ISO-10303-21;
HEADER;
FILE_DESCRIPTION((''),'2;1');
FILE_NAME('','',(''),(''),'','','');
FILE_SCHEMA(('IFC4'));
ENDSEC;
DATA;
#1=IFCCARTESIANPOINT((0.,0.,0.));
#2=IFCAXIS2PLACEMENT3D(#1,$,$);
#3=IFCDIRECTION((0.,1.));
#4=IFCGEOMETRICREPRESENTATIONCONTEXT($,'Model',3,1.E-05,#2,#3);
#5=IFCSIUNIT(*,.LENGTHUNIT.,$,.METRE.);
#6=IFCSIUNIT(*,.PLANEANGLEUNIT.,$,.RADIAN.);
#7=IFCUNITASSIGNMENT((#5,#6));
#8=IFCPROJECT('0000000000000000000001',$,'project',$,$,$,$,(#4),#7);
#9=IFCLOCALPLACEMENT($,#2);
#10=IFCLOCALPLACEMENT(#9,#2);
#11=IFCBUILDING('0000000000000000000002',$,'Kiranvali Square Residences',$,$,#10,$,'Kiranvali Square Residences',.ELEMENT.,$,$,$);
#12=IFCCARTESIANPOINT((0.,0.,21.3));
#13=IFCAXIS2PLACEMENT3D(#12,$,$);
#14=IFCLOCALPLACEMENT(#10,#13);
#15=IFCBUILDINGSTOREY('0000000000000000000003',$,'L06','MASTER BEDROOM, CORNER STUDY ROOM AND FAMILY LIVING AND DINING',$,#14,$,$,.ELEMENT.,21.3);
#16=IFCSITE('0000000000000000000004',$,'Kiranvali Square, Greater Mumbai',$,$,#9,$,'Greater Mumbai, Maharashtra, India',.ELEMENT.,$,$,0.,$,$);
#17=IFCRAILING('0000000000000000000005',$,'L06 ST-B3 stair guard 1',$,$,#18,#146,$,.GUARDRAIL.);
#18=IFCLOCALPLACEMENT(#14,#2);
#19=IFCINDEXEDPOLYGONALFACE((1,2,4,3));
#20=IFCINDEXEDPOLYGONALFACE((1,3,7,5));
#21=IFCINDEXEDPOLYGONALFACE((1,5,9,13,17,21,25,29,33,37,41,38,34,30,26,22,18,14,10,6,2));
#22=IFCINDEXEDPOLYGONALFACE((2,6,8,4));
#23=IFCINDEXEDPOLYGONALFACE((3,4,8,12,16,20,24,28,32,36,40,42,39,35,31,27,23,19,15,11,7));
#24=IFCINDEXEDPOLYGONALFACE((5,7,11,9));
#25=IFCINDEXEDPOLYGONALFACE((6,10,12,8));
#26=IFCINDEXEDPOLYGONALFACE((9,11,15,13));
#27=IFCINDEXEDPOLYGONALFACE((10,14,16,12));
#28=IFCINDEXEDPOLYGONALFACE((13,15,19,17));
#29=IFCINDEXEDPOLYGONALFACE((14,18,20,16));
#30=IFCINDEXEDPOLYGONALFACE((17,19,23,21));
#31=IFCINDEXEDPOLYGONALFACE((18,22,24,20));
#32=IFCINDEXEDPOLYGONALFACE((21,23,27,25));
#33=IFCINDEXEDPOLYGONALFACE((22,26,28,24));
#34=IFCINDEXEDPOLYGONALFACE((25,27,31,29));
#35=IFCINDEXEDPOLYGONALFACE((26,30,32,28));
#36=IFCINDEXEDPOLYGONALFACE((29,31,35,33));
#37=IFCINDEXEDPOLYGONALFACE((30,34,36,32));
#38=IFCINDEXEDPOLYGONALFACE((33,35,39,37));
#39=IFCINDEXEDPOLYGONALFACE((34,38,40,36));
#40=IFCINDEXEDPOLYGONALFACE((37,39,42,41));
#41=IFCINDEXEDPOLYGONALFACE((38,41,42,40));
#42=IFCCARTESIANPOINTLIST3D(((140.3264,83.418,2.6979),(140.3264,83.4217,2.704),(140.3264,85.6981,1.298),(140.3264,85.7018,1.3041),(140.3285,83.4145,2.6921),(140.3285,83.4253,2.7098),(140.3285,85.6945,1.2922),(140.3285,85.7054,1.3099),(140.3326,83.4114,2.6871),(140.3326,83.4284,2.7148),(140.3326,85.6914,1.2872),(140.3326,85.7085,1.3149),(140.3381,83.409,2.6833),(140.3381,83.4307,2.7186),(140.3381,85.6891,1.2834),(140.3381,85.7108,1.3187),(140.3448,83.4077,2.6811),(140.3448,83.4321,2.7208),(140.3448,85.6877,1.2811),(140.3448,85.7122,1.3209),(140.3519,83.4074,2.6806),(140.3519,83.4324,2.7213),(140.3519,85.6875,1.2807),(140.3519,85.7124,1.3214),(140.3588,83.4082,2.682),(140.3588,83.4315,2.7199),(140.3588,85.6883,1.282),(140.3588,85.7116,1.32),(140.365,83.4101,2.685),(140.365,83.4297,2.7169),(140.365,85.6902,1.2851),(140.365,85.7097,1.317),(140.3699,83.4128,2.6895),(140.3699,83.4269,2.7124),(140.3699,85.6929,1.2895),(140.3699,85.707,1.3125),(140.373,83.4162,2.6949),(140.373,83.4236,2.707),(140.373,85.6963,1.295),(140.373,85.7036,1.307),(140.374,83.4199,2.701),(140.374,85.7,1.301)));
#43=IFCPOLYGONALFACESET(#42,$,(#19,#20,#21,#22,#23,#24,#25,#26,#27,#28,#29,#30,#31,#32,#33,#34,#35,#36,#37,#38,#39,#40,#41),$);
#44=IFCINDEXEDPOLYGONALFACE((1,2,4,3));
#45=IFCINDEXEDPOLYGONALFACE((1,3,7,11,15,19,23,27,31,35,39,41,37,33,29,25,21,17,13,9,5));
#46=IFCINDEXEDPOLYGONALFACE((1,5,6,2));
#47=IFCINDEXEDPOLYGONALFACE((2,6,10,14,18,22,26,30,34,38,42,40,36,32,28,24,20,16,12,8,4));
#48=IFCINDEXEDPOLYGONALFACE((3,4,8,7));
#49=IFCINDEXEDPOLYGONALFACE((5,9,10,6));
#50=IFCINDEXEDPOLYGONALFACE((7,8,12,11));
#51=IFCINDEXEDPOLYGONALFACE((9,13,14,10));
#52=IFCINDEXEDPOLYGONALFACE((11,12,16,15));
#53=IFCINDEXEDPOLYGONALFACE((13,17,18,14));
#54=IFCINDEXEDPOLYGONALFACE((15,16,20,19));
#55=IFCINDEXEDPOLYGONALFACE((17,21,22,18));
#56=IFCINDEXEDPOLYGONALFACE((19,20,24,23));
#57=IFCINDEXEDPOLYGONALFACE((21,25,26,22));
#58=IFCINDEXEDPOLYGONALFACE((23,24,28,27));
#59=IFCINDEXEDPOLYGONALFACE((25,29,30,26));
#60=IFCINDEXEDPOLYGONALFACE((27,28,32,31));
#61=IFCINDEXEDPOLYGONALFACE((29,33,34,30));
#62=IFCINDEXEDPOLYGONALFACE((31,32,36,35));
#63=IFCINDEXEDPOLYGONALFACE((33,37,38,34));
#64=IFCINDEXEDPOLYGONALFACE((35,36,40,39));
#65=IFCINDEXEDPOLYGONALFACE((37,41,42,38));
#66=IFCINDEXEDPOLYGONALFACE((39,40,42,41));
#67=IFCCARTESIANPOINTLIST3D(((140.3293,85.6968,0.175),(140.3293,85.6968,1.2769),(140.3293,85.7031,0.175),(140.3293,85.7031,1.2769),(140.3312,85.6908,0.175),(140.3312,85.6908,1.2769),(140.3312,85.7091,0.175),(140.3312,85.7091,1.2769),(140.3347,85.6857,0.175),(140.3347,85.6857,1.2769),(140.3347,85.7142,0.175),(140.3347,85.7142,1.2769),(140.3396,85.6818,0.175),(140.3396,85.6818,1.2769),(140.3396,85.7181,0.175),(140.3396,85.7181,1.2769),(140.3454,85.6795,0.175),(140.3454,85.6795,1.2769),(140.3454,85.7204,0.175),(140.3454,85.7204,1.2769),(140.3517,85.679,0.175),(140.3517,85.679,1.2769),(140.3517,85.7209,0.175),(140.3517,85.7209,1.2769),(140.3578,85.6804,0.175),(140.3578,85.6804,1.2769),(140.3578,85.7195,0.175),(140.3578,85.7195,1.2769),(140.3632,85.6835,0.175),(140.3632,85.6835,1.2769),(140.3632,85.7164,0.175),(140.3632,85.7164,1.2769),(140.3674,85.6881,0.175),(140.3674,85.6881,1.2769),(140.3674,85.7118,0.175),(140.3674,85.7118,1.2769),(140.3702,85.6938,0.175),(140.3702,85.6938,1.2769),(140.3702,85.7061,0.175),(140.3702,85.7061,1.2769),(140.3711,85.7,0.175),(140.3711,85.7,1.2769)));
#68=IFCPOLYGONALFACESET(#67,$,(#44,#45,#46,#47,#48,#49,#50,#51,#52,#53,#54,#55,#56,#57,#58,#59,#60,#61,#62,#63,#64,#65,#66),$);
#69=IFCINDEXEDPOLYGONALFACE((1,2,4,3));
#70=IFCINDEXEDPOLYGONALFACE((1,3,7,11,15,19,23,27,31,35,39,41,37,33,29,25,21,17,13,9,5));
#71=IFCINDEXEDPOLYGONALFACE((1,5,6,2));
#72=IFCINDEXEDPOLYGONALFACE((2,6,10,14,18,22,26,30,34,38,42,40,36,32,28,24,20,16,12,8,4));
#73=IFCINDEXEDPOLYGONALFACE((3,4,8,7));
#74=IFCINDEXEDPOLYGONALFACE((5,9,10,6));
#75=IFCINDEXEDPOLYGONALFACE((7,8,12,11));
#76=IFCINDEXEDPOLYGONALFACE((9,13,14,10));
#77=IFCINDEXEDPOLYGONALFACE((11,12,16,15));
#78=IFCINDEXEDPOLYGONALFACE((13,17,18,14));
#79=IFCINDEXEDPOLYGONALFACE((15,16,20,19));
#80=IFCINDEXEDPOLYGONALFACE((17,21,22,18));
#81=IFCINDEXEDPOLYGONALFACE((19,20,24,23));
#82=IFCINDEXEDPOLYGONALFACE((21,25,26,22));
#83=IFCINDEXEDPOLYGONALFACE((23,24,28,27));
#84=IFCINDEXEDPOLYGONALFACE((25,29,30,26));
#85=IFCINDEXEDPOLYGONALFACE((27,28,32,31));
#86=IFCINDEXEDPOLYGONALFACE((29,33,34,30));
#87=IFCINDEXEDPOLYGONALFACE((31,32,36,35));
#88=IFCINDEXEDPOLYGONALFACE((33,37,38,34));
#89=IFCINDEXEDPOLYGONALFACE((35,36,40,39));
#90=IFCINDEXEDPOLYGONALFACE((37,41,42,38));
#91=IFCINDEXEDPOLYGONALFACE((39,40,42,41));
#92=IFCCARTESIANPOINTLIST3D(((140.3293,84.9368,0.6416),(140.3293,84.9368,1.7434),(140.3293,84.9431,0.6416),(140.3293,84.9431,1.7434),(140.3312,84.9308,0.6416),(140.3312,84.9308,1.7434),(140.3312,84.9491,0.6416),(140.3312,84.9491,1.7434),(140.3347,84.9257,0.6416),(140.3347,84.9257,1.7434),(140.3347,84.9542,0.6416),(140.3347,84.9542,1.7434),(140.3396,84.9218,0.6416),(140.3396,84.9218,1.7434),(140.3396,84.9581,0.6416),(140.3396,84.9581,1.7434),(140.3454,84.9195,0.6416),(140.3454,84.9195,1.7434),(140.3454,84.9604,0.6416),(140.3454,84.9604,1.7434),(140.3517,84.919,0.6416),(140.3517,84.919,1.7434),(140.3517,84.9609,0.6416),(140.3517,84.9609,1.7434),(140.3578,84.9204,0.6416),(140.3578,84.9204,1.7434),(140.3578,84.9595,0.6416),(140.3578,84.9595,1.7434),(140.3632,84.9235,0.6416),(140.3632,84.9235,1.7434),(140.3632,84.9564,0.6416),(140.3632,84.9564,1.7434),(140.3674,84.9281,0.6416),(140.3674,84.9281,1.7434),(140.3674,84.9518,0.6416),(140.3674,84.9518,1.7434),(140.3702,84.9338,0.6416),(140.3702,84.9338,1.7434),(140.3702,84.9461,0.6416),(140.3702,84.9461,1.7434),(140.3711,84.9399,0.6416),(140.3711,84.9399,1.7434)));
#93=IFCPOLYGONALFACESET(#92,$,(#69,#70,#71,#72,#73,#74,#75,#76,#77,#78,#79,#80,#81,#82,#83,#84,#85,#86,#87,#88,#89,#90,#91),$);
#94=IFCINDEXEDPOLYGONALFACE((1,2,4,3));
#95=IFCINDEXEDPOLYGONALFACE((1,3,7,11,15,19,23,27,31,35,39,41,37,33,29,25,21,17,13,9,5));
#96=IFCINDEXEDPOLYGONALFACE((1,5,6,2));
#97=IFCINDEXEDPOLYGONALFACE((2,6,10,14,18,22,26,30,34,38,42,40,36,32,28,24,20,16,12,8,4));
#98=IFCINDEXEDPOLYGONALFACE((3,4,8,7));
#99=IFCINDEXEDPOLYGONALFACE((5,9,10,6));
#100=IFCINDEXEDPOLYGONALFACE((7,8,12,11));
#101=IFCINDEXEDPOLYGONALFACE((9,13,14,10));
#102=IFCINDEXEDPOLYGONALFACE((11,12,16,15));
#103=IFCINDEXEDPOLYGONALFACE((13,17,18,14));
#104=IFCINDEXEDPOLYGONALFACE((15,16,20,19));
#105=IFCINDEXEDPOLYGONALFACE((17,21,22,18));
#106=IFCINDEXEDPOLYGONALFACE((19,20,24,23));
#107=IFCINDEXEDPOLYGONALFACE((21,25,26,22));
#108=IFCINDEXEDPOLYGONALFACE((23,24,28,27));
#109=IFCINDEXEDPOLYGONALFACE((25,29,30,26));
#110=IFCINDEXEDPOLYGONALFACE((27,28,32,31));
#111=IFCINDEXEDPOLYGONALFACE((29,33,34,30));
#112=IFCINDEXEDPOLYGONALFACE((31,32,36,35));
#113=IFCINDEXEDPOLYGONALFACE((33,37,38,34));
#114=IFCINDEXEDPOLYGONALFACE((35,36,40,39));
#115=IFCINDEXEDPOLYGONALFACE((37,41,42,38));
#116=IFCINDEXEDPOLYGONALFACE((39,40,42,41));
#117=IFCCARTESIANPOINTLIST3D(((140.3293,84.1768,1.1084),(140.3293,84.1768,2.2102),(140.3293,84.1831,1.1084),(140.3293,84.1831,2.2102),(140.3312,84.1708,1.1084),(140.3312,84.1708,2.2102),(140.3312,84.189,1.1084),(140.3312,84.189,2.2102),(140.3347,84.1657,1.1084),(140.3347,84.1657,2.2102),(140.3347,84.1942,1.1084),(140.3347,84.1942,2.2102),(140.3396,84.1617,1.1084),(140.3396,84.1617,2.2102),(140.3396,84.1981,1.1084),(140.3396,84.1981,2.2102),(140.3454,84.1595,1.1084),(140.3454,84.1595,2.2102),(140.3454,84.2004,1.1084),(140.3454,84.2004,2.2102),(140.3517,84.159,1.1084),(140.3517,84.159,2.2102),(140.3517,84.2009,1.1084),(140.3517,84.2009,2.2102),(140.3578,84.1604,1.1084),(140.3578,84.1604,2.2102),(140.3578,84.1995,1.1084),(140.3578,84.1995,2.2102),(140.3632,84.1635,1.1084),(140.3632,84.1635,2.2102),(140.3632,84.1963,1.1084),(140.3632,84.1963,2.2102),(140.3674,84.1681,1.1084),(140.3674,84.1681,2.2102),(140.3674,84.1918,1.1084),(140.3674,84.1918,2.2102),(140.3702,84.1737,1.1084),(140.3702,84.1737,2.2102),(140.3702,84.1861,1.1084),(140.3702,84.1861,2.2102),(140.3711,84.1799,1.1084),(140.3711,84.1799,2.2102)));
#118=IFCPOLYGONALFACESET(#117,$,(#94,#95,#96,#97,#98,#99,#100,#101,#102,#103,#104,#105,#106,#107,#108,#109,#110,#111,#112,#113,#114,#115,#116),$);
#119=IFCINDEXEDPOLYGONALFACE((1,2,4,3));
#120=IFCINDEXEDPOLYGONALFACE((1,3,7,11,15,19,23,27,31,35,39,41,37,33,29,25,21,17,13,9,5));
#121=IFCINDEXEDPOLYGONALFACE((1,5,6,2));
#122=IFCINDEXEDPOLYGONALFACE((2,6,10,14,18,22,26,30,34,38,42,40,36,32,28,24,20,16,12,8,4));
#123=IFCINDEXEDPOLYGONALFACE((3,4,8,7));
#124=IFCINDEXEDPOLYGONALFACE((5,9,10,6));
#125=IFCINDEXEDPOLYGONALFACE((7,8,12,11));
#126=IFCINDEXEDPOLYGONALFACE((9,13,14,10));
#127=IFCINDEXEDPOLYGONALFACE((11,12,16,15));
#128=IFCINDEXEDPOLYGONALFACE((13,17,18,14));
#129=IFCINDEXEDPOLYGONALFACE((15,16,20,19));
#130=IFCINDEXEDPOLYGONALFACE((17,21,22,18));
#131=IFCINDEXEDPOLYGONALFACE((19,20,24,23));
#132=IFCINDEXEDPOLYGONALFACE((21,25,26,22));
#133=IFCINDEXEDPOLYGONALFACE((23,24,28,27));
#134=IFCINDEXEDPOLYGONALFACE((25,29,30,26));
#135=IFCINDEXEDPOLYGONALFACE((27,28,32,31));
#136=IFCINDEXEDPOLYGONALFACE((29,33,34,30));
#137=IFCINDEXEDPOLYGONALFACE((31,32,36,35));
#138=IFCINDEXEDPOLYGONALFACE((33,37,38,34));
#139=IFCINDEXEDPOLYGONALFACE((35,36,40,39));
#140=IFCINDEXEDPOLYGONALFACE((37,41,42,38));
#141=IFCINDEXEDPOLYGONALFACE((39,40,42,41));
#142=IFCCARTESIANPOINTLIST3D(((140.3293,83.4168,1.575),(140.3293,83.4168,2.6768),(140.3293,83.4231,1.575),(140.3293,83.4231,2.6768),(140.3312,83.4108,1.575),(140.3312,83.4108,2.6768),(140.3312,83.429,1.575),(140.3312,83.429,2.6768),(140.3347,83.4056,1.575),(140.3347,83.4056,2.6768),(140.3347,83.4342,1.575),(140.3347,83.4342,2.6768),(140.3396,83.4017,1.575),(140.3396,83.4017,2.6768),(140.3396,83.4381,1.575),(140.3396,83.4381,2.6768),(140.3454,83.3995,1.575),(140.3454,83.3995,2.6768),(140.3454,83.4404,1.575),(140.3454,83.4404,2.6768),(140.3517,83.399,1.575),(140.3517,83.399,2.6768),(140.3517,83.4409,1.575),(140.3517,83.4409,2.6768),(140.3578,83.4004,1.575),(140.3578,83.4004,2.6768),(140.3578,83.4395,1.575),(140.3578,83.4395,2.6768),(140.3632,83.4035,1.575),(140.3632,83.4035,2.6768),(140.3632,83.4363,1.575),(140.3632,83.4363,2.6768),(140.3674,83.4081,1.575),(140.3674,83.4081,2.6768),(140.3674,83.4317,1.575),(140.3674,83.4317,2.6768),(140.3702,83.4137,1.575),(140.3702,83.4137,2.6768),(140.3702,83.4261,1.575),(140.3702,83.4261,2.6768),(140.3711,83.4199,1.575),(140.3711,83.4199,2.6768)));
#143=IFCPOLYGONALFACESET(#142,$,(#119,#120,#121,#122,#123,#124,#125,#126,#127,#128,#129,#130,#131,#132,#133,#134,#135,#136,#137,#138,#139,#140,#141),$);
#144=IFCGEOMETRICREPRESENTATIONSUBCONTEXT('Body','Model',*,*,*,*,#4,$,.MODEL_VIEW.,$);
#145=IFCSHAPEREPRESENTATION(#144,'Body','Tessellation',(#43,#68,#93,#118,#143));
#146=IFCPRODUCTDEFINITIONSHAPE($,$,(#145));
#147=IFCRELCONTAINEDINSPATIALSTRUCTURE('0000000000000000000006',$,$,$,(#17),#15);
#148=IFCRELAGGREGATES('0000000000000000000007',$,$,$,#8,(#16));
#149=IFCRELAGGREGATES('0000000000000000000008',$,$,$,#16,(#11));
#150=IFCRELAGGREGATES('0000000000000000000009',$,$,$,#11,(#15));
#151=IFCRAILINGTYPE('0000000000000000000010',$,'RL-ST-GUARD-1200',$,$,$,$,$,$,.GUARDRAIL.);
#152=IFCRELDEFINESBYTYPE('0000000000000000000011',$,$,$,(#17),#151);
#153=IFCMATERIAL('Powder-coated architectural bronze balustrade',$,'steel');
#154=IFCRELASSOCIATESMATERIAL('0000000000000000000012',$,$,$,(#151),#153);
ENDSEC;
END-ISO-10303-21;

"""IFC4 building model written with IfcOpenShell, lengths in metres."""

from ifc_helpers import new_model, si_unit, direction, frame, origin, origin_2d, place, context, subcontext, project, spatial, circle, extrude, material, type_object, element, save


model = new_model("IFC4")

# Units and contexts
model_context = context("Model", 3, precision=1e-05, world=origin(), true_north=direction((0.0, 1.0)))
body_context = subcontext(model_context, "Body", "Model", "MODEL_VIEW")
ifc_project = project(units=[si_unit("LENGTHUNIT", "METRE"), si_unit("PLANEANGLEUNIT", "RADIAN")], contexts=[model_context])

# Site, building, storey
site_placement = place(None, origin())
site = spatial("IfcSite", under=ifc_project, at=site_placement, Name="Kiranvali Square, Greater Mumbai", LongName="Greater Mumbai, Maharashtra, India", CompositionType="ELEMENT", RefElevation=0.0)
building_placement = place(site_placement, origin())
building = spatial("IfcBuilding", under=site, at=building_placement, Name="Kiranvali Square Residences", LongName="Kiranvali Square Residences", CompositionType="ELEMENT")
storey_placement = place(building_placement, frame((0.0, 0.0, 21.3)))
storey = spatial("IfcBuildingStorey", under=building, at=storey_placement, Name="L06", Description="MASTER BEDROOM, CORNER STUDY ROOM AND FAMILY LIVING AND DINING", CompositionType="ELEMENT", Elevation=21.3)

# Railing
ifc_material_1 = material(Name="Powder-coated architectural bronze balustrade", Category="steel")
railing_type_1 = type_object("IfcRailingType", Name="RL-ST-GUARD-1200", PredefinedType="GUARDRAIL", material=ifc_material_1)
railing_1_placement = place(storey_placement, frame((140.3501, 85.7, 0.175)))
element("IfcRailing", 1, at=railing_1_placement, inside=storey, type_object=railing_type_1, Name="L06 ST-B3 stair guard 1", PredefinedType="GUARDRAIL", context=body_context, shape_type="SweptSolid", body=[
    extrude(circle(Radius=0.0239, at=origin_2d()), frame((0.0, 0.0, 1.126), z_axis=(0.0, -0.85219, 0.523232), x_axis=(1.0, 0.0, 0.0)), (0.0, 0.0, 1.0), 2.6755),
    extrude(circle(Radius=0.021, at=origin_2d()), origin(), (0.0, 0.0, 1.0), 1.1018),
    extrude(circle(Radius=0.021, at=origin_2d()), frame((0.0, -0.76, 0.4666)), (0.0, 0.0, 1.0), 1.1018),
    extrude(circle(Radius=0.021, at=origin_2d()), frame((0.0, -1.52, 0.9333)), (0.0, 0.0, 1.0), 1.1018),
    extrude(circle(Radius=0.021, at=origin_2d()), frame((0.0, -2.28, 1.3999)), (0.0, 0.0, 1.0), 1.1018),
])

save(model, "model.ifc")
